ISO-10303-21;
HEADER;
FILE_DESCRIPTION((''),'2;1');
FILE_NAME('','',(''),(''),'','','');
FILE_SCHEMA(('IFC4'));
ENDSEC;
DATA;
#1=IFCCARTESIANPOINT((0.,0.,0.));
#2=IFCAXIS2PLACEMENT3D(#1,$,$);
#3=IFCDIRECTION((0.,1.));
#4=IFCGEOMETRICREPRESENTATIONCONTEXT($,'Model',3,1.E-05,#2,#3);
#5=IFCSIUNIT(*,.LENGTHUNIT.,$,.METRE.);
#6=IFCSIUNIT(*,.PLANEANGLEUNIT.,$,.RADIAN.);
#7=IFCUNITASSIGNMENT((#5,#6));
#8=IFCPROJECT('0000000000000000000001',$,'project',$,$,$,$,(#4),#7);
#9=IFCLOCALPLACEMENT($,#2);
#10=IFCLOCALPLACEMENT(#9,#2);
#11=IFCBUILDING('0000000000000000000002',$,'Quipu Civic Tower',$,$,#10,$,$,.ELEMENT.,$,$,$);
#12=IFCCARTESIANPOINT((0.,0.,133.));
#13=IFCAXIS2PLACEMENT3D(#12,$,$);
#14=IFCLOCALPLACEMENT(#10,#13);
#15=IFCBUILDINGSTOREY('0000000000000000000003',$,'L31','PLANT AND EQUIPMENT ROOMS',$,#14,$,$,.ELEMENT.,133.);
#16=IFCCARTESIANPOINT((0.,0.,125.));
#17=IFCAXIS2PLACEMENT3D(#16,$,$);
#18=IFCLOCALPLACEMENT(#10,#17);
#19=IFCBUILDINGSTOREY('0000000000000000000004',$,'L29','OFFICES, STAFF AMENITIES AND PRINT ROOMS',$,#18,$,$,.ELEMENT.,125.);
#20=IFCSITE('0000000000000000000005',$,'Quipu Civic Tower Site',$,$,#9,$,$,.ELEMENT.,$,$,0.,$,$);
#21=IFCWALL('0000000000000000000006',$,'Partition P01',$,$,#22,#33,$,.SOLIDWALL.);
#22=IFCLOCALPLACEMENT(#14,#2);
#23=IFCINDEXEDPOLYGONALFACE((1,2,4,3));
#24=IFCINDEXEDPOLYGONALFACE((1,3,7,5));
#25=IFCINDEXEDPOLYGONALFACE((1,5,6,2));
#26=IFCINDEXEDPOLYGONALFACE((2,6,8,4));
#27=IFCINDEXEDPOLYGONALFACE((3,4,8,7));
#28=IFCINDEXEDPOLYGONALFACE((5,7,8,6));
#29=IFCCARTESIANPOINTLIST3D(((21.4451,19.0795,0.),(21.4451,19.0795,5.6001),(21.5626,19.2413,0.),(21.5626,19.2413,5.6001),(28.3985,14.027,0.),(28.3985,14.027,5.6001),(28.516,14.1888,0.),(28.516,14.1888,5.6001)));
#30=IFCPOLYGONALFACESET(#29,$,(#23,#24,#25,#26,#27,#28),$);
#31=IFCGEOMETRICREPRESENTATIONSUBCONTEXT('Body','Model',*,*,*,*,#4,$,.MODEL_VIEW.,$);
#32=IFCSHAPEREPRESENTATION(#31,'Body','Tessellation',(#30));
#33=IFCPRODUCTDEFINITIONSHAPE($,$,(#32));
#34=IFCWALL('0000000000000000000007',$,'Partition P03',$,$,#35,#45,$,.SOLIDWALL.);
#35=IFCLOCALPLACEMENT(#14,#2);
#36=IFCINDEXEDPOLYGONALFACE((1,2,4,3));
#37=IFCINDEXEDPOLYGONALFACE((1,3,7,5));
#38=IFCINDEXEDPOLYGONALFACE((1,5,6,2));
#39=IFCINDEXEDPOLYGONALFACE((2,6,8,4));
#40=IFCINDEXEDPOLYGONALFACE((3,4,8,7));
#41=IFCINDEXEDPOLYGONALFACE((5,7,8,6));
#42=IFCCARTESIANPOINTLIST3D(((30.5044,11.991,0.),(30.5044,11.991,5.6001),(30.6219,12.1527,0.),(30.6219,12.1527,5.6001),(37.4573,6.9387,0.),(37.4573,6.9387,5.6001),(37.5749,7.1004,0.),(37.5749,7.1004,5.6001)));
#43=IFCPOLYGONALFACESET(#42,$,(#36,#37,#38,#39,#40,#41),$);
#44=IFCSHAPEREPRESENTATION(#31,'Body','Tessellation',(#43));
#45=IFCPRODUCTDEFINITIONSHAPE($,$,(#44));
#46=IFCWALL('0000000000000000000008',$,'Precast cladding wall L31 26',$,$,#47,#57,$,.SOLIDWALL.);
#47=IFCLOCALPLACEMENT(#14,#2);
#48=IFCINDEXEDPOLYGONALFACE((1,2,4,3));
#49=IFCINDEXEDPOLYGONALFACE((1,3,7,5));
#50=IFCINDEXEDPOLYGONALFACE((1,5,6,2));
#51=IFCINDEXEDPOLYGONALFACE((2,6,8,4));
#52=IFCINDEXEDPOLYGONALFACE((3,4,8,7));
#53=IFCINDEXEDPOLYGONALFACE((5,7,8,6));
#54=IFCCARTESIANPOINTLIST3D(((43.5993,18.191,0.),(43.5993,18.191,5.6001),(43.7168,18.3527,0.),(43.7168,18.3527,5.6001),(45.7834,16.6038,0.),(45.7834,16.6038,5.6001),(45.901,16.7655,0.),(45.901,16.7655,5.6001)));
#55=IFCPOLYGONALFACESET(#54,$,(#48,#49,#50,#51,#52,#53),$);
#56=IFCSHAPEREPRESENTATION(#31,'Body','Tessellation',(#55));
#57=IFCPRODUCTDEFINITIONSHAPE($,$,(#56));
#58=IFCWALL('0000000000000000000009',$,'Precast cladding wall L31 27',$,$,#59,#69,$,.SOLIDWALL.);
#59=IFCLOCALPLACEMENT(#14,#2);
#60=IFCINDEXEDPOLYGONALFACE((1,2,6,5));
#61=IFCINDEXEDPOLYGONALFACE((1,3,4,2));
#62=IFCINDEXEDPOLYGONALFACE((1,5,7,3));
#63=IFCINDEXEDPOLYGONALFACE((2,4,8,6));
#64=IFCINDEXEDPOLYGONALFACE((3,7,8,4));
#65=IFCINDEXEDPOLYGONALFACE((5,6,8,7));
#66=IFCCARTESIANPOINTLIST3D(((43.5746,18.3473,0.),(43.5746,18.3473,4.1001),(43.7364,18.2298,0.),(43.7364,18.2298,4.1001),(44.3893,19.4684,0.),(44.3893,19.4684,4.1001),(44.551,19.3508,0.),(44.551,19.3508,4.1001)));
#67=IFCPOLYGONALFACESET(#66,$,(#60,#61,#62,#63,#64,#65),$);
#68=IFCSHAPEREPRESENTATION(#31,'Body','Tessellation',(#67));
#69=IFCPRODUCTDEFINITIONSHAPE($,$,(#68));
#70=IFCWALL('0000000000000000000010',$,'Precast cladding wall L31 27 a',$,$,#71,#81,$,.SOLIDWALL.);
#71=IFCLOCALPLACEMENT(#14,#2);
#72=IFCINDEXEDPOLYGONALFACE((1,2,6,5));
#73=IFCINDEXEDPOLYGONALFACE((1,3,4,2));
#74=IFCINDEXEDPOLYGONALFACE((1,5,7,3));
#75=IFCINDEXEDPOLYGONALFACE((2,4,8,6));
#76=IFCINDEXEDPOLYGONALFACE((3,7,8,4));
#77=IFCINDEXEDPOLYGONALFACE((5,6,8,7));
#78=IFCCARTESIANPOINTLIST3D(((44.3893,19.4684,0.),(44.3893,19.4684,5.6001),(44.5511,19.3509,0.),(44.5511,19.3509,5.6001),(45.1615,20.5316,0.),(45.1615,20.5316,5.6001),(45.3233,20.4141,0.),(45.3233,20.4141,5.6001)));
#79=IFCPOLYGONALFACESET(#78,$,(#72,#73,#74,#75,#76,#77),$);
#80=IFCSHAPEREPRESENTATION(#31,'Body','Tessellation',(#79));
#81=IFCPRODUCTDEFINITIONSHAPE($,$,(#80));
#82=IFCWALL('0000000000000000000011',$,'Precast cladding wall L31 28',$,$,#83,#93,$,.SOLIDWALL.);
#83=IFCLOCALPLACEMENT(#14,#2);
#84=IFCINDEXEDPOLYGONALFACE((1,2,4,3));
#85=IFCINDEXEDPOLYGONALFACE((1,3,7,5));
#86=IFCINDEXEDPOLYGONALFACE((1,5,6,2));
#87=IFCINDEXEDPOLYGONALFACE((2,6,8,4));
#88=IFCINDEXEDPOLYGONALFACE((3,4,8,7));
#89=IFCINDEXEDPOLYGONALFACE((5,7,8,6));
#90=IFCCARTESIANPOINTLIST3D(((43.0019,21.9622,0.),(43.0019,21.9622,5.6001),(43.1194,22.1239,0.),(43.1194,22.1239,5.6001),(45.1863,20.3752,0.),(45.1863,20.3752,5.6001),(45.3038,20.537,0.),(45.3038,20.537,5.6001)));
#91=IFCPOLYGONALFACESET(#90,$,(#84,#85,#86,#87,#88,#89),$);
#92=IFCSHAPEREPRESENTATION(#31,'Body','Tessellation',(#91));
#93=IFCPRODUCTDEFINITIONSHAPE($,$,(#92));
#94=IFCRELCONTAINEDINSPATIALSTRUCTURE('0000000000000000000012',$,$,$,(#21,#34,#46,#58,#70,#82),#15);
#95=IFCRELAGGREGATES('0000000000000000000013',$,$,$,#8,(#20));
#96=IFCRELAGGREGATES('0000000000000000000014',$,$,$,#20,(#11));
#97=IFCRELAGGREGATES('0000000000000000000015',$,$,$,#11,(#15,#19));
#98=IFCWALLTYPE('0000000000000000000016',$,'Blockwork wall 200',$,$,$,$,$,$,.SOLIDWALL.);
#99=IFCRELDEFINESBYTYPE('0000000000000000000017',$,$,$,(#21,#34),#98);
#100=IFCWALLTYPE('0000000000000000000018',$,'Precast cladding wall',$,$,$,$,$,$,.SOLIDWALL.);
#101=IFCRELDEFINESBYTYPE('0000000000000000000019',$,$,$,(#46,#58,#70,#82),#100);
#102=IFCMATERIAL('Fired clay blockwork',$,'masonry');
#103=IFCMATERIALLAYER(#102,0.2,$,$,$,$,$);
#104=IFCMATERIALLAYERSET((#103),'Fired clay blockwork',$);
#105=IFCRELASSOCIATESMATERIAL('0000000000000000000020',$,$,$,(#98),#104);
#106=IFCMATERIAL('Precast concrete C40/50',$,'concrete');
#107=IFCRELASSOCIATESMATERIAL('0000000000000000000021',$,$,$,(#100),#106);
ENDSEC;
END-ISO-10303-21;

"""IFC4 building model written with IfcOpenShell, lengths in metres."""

from ifc_helpers import new_model, si_unit, direction, frame, frame_2d, origin, place, context, subcontext, project, spatial, rectangle, extrude, material, layer, layer_set, type_object, element, save


model = new_model("IFC4")

# Units and contexts
model_context = context("Model", 3, precision=1e-05, world=origin(), true_north=direction((0.0, 1.0)))
body_context = subcontext(model_context, "Body", "Model", "MODEL_VIEW")
ifc_project = project(units=[si_unit("LENGTHUNIT", "METRE"), si_unit("PLANEANGLEUNIT", "RADIAN")], contexts=[model_context])

# Site, building, storey
site_placement = place(None, origin())
site = spatial("IfcSite", under=ifc_project, at=site_placement, Name="Quipu Civic Tower Site", CompositionType="ELEMENT", RefElevation=0.0)
building_placement = place(site_placement, origin())
building = spatial("IfcBuilding", under=site, at=building_placement, Name="Quipu Civic Tower", CompositionType="ELEMENT")
storey_1_placement = place(building_placement, frame((0.0, 0.0, 133.0)))
storey_1 = spatial("IfcBuildingStorey", under=building, at=storey_1_placement, Name="L31", Description="PLANT AND EQUIPMENT ROOMS", CompositionType="ELEMENT", Elevation=133.0)

# Shared definitions
storey_2_placement = place(building_placement, frame((0.0, 0.0, 125.0)))
storey_2 = spatial("IfcBuildingStorey", under=building, at=storey_2_placement, Name="L29", Description="OFFICES, STAFF AMENITIES AND PRINT ROOMS", CompositionType="ELEMENT", Elevation=125.0)

# Walls
ifc_material_1 = material(Name="Fired clay blockwork", Category="masonry")
ifc_layer = layer(ifc_material_1, 0.2)
ifc_layer_set = layer_set([ifc_layer], Name="Fired clay blockwork")
wall_type_1 = type_object("IfcWallType", Name="Blockwork wall 200", PredefinedType="SOLIDWALL", material=ifc_layer_set)
wall_1_placement = place(storey_1_placement, frame((28.4573, 14.1079, 0.0), z_axis=(0.0, 0.0, 1.0), x_axis=(-0.808985, 0.587829, 0.0)))
element("IfcWall", 1, at=wall_1_placement, inside=storey_1, type_object=wall_type_1, Name="Partition P01", PredefinedType="SOLIDWALL", context=body_context, shape_type="SweptSolid", body=[
    extrude(rectangle(XDim=8.5952, YDim=0.2, at=frame_2d((4.2976, 0.0))), origin(), (0.0, 0.0, 1.0), 5.6001),
])
wall_2_placement = place(storey_1_placement, frame((37.5161, 7.0195, 0.0), z_axis=(0.0, 0.0, 1.0), x_axis=(-0.808979, 0.587837, 0.0)))
element("IfcWall", 2, at=wall_2_placement, inside=storey_1, type_object=wall_type_1, Name="Partition P03", PredefinedType="SOLIDWALL", context=body_context, shape_type="SweptSolid", body=[
    extrude(rectangle(XDim=8.5947, YDim=0.2, at=frame_2d((4.2974, 0.0))), origin(), (0.0, 0.0, 1.0), 5.6001),
])
ifc_material_2 = material(Name="Precast concrete C40/50", Category="concrete")
wall_type_2 = type_object("IfcWallType", Name="Precast cladding wall", PredefinedType="SOLIDWALL", material=ifc_material_2)
wall_3_placement = place(storey_1_placement, frame((45.8423, 16.6846, 0.0), z_axis=(0.0, 0.0, 1.0), x_axis=(-0.808959, 0.587865, 0.0)))
element("IfcWall", 3, at=wall_3_placement, inside=storey_1, type_object=wall_type_2, Name="Precast cladding wall L31 26", PredefinedType="SOLIDWALL", context=body_context, shape_type="SweptSolid", body=[
    extrude(rectangle(XDim=2.7, YDim=0.2, at=frame_2d((1.3501, 0.0))), origin(), (0.0, 0.0, 1.0), 5.6001),
])
wall_4_placement = place(storey_1_placement, frame((43.6555, 18.2886, 0.0), z_axis=(0.0, 0.0, 1.0), x_axis=(0.587868, 0.808957, 0.0)))
element("IfcWall", 4, at=wall_4_placement, inside=storey_1, type_object=wall_type_2, Name="Precast cladding wall L31 27", PredefinedType="SOLIDWALL", context=body_context, shape_type="SweptSolid", body=[
    extrude(rectangle(XDim=1.3857, YDim=0.2, at=frame_2d((0.6929, 0.0))), origin(), (0.0, 0.0, 1.0), 4.1001),
])
wall_5_placement = place(storey_1_placement, frame((44.4702, 19.4097, 0.0), z_axis=(0.0, 0.0, 1.0), x_axis=(0.587652, 0.809114, 0.0)))
element("IfcWall", 5, at=wall_5_placement, inside=storey_1, type_object=wall_type_2, Name="Precast cladding wall L31 27 a", PredefinedType="SOLIDWALL", context=body_context, shape_type="SweptSolid", body=[
    extrude(rectangle(XDim=1.314, YDim=0.2, at=frame_2d((0.657, 0.0))), origin(), (0.0, 0.0, 1.0), 5.6001),
])
wall_6_placement = place(storey_1_placement, frame((45.2451, 20.4561, 0.0), z_axis=(0.0, 0.0, 1.0), x_axis=(-0.809033, 0.587763, 0.0)))
element("IfcWall", 6, at=wall_6_placement, inside=storey_1, type_object=wall_type_2, Name="Precast cladding wall L31 28", PredefinedType="SOLIDWALL", context=body_context, shape_type="SweptSolid", body=[
    extrude(rectangle(XDim=2.7, YDim=0.2, at=frame_2d((1.3501, 0.0))), origin(), (0.0, 0.0, 1.0), 5.6001),
])

save(model, "model.ifc")
